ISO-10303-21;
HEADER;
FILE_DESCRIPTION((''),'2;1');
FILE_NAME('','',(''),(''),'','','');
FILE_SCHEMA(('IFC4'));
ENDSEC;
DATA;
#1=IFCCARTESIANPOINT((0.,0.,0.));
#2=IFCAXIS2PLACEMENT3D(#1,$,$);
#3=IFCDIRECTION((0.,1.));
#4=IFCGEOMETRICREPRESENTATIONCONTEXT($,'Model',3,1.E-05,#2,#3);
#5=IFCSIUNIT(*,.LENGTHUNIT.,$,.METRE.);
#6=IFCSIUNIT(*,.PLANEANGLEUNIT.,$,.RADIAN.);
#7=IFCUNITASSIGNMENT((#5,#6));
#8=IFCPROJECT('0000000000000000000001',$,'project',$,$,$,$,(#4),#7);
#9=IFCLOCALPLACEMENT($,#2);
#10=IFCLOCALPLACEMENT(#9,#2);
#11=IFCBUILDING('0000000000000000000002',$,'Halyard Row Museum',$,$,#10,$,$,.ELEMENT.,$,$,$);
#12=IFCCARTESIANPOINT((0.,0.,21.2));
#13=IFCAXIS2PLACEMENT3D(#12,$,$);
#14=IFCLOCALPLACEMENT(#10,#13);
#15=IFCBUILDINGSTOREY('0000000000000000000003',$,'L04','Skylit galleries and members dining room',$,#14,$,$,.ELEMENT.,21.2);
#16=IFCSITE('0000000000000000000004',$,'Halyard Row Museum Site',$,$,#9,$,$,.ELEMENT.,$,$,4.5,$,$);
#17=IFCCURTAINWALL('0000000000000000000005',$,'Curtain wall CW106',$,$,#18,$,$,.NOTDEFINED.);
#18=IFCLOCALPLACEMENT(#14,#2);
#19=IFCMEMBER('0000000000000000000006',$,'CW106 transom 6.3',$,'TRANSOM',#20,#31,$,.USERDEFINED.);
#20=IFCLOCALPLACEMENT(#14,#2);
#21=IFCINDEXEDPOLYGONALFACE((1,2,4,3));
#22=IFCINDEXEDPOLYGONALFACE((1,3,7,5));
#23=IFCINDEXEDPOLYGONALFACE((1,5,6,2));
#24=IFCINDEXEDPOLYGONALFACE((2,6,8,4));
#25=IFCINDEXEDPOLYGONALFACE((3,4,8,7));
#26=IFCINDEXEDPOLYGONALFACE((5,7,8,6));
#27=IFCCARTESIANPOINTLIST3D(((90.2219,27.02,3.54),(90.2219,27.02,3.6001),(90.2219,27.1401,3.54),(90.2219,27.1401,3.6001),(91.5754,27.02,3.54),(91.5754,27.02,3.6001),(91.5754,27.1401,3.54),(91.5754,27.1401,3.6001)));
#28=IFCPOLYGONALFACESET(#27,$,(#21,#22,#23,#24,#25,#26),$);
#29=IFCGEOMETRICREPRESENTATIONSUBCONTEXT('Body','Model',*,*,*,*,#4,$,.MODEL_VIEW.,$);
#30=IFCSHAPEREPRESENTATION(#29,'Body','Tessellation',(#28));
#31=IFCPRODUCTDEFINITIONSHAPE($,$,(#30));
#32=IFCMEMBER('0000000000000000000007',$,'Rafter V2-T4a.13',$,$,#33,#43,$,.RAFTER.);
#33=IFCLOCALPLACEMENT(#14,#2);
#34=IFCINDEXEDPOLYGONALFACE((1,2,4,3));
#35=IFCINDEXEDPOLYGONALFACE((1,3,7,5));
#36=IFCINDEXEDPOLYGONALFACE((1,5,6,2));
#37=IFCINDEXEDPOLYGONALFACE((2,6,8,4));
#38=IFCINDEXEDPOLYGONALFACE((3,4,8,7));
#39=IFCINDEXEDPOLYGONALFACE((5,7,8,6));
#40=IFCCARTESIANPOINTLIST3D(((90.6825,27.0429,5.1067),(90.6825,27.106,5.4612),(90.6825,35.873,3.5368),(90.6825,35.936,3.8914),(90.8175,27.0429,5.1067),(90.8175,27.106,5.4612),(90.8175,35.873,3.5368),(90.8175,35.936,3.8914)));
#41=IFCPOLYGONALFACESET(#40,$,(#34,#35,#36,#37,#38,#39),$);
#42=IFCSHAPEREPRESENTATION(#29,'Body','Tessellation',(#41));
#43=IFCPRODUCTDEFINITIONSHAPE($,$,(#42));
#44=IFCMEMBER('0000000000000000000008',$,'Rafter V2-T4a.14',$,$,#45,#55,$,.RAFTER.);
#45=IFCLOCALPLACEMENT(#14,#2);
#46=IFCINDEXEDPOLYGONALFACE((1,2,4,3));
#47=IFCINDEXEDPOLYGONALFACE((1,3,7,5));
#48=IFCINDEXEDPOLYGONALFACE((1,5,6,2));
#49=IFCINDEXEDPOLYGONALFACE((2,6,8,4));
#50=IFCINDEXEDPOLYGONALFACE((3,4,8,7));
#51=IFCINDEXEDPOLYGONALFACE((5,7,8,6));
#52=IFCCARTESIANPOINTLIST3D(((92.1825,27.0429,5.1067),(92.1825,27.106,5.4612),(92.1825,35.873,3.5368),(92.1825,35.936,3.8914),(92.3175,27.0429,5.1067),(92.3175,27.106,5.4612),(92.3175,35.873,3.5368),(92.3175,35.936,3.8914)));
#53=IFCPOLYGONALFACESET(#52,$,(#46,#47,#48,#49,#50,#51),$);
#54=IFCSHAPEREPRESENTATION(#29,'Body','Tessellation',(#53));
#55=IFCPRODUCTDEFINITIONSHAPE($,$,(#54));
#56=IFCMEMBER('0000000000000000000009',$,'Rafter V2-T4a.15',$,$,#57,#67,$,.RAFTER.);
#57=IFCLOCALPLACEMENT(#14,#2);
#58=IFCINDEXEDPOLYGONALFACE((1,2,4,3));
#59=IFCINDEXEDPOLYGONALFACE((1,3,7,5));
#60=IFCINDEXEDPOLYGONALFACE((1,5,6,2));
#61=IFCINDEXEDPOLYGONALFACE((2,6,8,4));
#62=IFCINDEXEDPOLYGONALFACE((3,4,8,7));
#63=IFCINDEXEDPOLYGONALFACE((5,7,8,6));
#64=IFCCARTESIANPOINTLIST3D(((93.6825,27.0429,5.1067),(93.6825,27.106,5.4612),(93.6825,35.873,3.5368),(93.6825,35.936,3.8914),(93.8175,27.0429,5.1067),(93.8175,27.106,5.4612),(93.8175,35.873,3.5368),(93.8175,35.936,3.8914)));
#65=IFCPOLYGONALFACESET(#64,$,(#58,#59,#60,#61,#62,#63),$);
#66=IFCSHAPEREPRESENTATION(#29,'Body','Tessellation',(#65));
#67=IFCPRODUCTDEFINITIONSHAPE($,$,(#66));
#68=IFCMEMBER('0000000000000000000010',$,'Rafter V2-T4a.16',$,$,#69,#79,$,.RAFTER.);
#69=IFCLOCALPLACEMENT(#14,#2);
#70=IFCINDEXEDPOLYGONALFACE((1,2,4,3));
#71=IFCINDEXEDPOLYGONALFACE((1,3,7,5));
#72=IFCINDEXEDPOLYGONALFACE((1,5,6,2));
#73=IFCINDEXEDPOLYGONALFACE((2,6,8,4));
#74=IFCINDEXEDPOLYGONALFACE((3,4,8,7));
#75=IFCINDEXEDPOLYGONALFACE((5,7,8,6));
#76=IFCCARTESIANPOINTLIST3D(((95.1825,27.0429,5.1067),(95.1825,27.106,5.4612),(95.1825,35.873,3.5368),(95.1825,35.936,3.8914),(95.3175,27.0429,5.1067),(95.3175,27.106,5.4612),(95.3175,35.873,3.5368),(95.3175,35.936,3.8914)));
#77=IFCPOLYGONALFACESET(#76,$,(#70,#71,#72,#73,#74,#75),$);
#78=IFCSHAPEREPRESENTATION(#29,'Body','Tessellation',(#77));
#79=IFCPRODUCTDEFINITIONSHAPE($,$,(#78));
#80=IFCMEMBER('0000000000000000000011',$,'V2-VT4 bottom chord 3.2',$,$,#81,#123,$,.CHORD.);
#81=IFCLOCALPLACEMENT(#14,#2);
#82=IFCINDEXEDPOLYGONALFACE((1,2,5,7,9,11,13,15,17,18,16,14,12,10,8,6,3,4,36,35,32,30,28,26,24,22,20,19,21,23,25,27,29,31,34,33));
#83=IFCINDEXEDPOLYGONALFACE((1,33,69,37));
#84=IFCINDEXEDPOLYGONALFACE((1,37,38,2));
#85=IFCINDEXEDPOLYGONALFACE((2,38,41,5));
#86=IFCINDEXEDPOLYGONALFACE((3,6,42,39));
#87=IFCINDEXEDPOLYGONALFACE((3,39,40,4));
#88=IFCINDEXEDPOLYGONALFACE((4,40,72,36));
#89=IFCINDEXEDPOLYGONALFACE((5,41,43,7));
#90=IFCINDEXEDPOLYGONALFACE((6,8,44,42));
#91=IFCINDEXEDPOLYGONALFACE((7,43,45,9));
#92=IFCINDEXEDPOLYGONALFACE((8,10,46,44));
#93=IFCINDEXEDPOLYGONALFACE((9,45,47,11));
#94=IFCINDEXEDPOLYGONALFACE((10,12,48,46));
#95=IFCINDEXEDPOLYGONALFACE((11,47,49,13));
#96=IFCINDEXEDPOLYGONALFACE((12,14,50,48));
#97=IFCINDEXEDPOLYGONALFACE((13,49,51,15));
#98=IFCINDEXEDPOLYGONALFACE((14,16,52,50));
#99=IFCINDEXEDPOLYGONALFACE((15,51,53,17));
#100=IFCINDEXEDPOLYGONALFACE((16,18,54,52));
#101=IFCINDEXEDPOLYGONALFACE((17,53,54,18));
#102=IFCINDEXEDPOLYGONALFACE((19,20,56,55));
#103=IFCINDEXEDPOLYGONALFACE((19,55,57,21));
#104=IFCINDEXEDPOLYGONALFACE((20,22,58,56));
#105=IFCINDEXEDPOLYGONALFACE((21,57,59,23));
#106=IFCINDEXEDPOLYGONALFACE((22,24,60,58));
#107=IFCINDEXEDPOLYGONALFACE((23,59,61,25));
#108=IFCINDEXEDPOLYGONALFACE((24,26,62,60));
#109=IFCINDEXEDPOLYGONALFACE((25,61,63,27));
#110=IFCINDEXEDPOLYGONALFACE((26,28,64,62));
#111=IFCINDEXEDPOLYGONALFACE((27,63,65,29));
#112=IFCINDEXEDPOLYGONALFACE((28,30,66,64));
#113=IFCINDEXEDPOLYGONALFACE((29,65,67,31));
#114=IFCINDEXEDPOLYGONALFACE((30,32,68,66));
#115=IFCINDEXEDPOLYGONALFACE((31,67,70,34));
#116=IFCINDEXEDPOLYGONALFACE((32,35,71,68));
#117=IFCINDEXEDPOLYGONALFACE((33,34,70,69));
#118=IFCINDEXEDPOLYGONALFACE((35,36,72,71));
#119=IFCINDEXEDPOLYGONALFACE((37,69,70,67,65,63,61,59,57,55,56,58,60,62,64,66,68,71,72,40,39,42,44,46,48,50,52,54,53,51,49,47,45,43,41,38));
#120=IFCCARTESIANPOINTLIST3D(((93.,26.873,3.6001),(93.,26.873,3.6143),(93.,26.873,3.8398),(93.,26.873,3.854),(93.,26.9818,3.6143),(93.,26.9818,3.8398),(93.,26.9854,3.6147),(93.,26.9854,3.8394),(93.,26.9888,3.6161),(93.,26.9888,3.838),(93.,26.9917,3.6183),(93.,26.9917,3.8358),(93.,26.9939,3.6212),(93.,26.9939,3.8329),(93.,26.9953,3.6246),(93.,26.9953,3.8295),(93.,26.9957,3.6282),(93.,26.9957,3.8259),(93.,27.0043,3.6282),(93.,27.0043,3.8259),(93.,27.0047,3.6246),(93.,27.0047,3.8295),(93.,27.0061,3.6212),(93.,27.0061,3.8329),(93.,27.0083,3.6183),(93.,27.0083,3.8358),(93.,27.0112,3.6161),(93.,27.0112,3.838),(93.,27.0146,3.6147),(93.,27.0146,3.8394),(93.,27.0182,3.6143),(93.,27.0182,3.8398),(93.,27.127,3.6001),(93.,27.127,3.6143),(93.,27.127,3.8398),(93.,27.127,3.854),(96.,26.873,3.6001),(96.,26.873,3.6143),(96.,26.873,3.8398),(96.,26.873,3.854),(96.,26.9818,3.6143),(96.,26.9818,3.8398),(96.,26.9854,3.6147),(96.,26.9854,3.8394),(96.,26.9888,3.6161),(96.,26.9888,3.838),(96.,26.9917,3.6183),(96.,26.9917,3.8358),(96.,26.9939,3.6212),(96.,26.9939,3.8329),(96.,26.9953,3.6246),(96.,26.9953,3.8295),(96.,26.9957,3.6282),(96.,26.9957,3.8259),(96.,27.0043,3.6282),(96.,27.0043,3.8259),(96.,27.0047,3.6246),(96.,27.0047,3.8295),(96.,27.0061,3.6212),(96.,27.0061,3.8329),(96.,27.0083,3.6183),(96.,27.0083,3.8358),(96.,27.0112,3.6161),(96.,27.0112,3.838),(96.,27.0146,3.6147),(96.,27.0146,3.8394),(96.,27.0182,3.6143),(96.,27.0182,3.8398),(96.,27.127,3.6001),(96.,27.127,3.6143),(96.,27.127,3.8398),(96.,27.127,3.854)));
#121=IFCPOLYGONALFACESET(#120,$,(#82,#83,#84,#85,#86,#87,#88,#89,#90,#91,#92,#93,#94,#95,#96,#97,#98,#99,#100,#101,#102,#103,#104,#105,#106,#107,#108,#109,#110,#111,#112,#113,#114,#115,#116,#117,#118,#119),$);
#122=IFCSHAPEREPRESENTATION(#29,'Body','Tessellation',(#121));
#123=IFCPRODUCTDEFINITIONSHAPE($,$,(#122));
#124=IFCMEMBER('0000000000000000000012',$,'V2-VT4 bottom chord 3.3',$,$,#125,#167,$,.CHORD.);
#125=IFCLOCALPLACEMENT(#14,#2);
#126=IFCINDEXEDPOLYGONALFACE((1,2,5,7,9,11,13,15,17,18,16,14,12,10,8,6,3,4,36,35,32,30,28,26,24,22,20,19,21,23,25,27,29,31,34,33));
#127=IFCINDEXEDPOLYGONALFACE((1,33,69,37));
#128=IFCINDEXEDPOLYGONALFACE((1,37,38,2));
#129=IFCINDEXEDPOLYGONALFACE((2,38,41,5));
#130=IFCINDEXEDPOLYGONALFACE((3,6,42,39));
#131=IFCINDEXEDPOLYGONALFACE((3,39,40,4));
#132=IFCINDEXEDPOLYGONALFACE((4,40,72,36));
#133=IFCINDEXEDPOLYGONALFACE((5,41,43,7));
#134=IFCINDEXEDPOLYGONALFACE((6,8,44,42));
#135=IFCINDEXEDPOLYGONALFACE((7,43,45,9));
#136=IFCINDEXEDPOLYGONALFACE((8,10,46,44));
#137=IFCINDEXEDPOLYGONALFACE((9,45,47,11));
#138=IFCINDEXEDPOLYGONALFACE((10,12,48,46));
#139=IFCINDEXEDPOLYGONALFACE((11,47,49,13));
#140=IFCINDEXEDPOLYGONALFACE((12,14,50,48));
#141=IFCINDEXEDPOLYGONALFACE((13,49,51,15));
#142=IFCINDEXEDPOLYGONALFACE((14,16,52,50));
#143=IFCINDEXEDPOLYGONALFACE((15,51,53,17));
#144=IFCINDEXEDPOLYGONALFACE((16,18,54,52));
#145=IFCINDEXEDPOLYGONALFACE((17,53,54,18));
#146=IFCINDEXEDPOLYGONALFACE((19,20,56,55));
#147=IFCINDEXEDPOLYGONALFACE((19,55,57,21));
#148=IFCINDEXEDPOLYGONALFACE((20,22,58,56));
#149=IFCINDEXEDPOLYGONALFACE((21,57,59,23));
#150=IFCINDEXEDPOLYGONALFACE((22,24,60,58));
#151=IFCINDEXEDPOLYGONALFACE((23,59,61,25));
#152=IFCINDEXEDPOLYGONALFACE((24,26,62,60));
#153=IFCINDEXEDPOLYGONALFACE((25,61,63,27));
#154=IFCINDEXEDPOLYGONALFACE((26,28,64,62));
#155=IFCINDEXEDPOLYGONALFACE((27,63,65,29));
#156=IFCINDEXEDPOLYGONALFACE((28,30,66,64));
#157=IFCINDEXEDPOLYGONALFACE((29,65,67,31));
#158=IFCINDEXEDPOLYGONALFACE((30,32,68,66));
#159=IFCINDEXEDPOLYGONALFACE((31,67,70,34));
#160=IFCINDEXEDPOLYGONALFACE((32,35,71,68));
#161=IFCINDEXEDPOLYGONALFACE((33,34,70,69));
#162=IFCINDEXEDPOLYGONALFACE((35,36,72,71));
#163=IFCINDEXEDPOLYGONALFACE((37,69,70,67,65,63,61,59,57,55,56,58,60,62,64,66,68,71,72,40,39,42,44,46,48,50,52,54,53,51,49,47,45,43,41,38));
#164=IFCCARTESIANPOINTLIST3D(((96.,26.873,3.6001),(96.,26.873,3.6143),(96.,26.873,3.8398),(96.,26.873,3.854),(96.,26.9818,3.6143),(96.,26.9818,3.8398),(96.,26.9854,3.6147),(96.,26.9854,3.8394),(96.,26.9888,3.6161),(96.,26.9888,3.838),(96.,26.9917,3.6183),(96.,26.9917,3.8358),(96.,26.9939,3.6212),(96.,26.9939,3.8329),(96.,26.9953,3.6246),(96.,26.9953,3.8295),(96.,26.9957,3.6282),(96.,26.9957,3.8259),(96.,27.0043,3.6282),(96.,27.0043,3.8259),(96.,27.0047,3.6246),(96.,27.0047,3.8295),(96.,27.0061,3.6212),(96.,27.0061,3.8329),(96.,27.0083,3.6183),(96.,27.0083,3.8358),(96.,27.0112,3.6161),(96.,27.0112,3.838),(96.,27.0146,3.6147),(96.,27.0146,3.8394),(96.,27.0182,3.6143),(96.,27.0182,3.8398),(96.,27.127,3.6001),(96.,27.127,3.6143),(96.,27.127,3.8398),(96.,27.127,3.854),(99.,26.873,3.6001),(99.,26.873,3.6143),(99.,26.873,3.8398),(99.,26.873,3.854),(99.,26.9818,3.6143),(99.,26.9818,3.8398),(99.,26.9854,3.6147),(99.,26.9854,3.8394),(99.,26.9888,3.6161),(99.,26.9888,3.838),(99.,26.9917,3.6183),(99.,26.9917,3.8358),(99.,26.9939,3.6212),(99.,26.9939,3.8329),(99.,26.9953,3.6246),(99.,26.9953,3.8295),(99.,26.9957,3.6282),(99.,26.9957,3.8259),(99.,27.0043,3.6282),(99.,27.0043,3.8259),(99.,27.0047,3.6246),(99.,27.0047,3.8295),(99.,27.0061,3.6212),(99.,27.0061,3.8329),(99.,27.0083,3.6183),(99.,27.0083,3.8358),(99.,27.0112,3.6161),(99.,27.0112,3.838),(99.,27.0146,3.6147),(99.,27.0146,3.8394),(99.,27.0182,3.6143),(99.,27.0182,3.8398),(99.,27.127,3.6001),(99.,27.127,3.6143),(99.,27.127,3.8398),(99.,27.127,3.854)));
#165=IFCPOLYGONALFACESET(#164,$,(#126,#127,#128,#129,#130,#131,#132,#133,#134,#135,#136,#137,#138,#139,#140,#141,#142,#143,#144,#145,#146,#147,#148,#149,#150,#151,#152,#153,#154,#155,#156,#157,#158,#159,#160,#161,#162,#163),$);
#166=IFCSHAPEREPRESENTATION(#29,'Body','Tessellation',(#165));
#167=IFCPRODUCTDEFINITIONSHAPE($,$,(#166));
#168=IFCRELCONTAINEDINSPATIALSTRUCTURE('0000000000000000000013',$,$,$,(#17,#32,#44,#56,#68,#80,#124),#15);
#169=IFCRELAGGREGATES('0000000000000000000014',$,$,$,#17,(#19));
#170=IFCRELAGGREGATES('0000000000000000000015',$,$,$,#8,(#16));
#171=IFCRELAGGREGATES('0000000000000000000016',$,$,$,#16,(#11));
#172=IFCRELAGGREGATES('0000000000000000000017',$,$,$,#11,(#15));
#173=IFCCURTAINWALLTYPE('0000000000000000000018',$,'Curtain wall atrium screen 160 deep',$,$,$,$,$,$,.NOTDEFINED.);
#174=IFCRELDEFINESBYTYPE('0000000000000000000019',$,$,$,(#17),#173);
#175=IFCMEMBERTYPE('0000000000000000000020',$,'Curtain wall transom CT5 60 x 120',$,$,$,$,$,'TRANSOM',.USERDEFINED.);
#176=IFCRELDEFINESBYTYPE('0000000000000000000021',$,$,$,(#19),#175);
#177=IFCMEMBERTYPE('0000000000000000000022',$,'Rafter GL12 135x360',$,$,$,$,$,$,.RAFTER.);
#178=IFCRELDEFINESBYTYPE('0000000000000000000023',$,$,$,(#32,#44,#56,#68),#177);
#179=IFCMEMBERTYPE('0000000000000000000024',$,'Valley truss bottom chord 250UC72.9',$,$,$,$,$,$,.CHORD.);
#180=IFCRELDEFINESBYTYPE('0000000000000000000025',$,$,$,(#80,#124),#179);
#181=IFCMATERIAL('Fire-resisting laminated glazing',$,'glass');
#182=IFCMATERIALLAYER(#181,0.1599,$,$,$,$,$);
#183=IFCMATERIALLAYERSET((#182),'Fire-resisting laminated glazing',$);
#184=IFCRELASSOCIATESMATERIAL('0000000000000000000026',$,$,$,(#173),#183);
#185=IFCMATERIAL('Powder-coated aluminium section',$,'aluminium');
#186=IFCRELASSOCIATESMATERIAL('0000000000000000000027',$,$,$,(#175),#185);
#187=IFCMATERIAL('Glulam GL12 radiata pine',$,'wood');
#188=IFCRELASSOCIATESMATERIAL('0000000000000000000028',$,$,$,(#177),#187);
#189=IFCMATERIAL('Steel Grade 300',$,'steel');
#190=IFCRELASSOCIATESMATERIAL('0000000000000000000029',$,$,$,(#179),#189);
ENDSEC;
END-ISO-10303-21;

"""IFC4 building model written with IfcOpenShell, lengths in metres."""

from ifc_helpers import new_model, si_unit, direction, frame, origin, origin_2d, place, context, subcontext, project, spatial, rectangle, i_section, extrude, material, layer, layer_set, material_profile, profile_set, type_object, element, aggregate, save


model = new_model("IFC4")

# Units and contexts
model_context = context("Model", 3, precision=1e-05, world=origin(), true_north=direction((0.0, 1.0)))
body_context = subcontext(model_context, "Body", "Model", "MODEL_VIEW")
ifc_project = project(units=[si_unit("LENGTHUNIT", "METRE"), si_unit("PLANEANGLEUNIT", "RADIAN")], contexts=[model_context])

# Site, building, storey
site_placement = place(None, origin())
site = spatial("IfcSite", under=ifc_project, at=site_placement, Name="Halyard Row Museum Site", CompositionType="ELEMENT", RefElevation=4.5)
building_placement = place(site_placement, origin())
building = spatial("IfcBuilding", under=site, at=building_placement, Name="Halyard Row Museum", CompositionType="ELEMENT")
storey_placement = place(building_placement, frame((0.0, 0.0, 21.2)))
storey = spatial("IfcBuildingStorey", under=building, at=storey_placement, Name="L04", Description="Skylit galleries and members dining room", CompositionType="ELEMENT", Elevation=21.2)

# Curtain wall, member
ifc_material_1 = material(Name="Fire-resisting laminated glazing", Category="glass")
ifc_layer_1 = layer(ifc_material_1, 0.1599)
ifc_layer_set_1 = layer_set([ifc_layer_1], Name="Fire-resisting laminated glazing")
curtain_wall_type = type_object("IfcCurtainWallType", Name="Curtain wall atrium screen 160 deep", PredefinedType="NOTDEFINED", material=ifc_layer_set_1)
curtain_wall_placement = place(storey_placement, origin())
curtain_wall = element("IfcCurtainWall", 1, at=curtain_wall_placement, inside=storey, type_object=curtain_wall_type, Name="Curtain wall CW106", PredefinedType="NOTDEFINED")
ifc_material_2 = material(Name="Powder-coated aluminium section", Category="aluminium")
ifc_material_profile_1 = material_profile(ifc_material_2, rectangle(XDim=0.1201, YDim=0.0601, at=origin_2d()), Name="120x60 transom")
ifc_profile_set_1 = profile_set([ifc_material_profile_1], Name="Powder-coated aluminium section")
member_type_1 = type_object("IfcMemberType", Name="Curtain wall transom CT5 60 x 120", ElementType="TRANSOM", PredefinedType="USERDEFINED", material=ifc_profile_set_1)
member_1_placement = place(storey_placement, frame((91.5754, 27.0801, 3.5701), z_axis=(-1.0, 0.0, 0.0), x_axis=(0.0, -1.0, 0.0)))
member_1 = element("IfcMember", 2, at=member_1_placement, type_object=member_type_1, Name="CW106 transom 6.3", ObjectType="TRANSOM", PredefinedType="USERDEFINED", context=body_context, shape_type="SweptSolid", body=[
    extrude(rectangle(XDim=0.1201, YDim=0.0601, at=origin_2d()), origin(), (0.0, 0.0, 1.0), 1.3535),
])

# Members
ifc_material_3 = material(Name="Glulam GL12 radiata pine", Category="wood")
ifc_material_profile_2 = material_profile(ifc_material_3, rectangle(XDim=0.135, YDim=0.3601, at=origin_2d()), Name="GL12 135x360")
ifc_profile_set_2 = profile_set([ifc_material_profile_2], Name="Glulam GL12 radiata pine")
member_type_2 = type_object("IfcMemberType", Name="Rafter GL12 135x360", PredefinedType="RAFTER", material=ifc_profile_set_2)
for number, where, z_axis, x_axis, name in (
    (3, (90.75, 27.0745, 5.2839), (0.0, 0.984562, -0.175037), (-1.0, 0.0, 0.0), "Rafter V2-T4a.13"),
    (4, (92.25, 27.0745, 5.2839), (0.0, 0.984562, -0.175037), (-1.0, 0.0, 0.0), "Rafter V2-T4a.14"),
    (5, (93.75, 27.0745, 5.2839), (0.0, 0.984562, -0.175037), (-1.0, 0.0, 0.0), "Rafter V2-T4a.15"),
    (6, (95.25, 27.0745, 5.2839), (0.0, 0.984562, -0.175037), (-1.0, 0.0, 0.0), "Rafter V2-T4a.16"),
):
    element("IfcMember", number, at=place(storey_placement, frame(where, z_axis=z_axis, x_axis=x_axis)), inside=storey, type_object=member_type_2, Name=name, PredefinedType="RAFTER", context=body_context, shape_type="SweptSolid", body=[
        extrude(rectangle(XDim=0.135, YDim=0.3601, at=origin_2d()), origin(), (0.0, 0.0, 1.0), 8.9685),
    ])
ifc_material_4 = material(Name="Steel Grade 300", Category="steel")
ifc_material_profile_3 = material_profile(ifc_material_4, i_section(OverallWidth=0.2539, OverallDepth=0.2539, WebThickness=0.0085, FlangeThickness=0.0142, FilletRadius=0.0139, at=origin_2d()), Name="250UC72.9")
ifc_profile_set_3 = profile_set([ifc_material_profile_3], Name="Steel Grade 300")
member_type_3 = type_object("IfcMemberType", Name="Valley truss bottom chord 250UC72.9", PredefinedType="CHORD", material=ifc_profile_set_3)
for number, where, z_axis, x_axis, name in (
    (7, (93.0, 27.0, 3.7271), (1.0, 0.0, 0.0), (0.0, 1.0, 0.0), "V2-VT4 bottom chord 3.2"),
    (8, (96.0, 27.0, 3.7271), (1.0, 0.0, 0.0), (0.0, 1.0, 0.0), "V2-VT4 bottom chord 3.3"),
):
    element("IfcMember", number, at=place(storey_placement, frame(where, z_axis=z_axis, x_axis=x_axis)), inside=storey, type_object=member_type_3, Name=name, PredefinedType="CHORD", context=body_context, shape_type="SweptSolid", body=[
        extrude(i_section(OverallWidth=0.2539, OverallDepth=0.2539, WebThickness=0.0085, FlangeThickness=0.0142, FilletRadius=0.0139, at=origin_2d()), origin(), (0.0, 0.0, 1.0), 3.0),
    ])

aggregate(curtain_wall, [member_1])

save(model, "model.ifc")
